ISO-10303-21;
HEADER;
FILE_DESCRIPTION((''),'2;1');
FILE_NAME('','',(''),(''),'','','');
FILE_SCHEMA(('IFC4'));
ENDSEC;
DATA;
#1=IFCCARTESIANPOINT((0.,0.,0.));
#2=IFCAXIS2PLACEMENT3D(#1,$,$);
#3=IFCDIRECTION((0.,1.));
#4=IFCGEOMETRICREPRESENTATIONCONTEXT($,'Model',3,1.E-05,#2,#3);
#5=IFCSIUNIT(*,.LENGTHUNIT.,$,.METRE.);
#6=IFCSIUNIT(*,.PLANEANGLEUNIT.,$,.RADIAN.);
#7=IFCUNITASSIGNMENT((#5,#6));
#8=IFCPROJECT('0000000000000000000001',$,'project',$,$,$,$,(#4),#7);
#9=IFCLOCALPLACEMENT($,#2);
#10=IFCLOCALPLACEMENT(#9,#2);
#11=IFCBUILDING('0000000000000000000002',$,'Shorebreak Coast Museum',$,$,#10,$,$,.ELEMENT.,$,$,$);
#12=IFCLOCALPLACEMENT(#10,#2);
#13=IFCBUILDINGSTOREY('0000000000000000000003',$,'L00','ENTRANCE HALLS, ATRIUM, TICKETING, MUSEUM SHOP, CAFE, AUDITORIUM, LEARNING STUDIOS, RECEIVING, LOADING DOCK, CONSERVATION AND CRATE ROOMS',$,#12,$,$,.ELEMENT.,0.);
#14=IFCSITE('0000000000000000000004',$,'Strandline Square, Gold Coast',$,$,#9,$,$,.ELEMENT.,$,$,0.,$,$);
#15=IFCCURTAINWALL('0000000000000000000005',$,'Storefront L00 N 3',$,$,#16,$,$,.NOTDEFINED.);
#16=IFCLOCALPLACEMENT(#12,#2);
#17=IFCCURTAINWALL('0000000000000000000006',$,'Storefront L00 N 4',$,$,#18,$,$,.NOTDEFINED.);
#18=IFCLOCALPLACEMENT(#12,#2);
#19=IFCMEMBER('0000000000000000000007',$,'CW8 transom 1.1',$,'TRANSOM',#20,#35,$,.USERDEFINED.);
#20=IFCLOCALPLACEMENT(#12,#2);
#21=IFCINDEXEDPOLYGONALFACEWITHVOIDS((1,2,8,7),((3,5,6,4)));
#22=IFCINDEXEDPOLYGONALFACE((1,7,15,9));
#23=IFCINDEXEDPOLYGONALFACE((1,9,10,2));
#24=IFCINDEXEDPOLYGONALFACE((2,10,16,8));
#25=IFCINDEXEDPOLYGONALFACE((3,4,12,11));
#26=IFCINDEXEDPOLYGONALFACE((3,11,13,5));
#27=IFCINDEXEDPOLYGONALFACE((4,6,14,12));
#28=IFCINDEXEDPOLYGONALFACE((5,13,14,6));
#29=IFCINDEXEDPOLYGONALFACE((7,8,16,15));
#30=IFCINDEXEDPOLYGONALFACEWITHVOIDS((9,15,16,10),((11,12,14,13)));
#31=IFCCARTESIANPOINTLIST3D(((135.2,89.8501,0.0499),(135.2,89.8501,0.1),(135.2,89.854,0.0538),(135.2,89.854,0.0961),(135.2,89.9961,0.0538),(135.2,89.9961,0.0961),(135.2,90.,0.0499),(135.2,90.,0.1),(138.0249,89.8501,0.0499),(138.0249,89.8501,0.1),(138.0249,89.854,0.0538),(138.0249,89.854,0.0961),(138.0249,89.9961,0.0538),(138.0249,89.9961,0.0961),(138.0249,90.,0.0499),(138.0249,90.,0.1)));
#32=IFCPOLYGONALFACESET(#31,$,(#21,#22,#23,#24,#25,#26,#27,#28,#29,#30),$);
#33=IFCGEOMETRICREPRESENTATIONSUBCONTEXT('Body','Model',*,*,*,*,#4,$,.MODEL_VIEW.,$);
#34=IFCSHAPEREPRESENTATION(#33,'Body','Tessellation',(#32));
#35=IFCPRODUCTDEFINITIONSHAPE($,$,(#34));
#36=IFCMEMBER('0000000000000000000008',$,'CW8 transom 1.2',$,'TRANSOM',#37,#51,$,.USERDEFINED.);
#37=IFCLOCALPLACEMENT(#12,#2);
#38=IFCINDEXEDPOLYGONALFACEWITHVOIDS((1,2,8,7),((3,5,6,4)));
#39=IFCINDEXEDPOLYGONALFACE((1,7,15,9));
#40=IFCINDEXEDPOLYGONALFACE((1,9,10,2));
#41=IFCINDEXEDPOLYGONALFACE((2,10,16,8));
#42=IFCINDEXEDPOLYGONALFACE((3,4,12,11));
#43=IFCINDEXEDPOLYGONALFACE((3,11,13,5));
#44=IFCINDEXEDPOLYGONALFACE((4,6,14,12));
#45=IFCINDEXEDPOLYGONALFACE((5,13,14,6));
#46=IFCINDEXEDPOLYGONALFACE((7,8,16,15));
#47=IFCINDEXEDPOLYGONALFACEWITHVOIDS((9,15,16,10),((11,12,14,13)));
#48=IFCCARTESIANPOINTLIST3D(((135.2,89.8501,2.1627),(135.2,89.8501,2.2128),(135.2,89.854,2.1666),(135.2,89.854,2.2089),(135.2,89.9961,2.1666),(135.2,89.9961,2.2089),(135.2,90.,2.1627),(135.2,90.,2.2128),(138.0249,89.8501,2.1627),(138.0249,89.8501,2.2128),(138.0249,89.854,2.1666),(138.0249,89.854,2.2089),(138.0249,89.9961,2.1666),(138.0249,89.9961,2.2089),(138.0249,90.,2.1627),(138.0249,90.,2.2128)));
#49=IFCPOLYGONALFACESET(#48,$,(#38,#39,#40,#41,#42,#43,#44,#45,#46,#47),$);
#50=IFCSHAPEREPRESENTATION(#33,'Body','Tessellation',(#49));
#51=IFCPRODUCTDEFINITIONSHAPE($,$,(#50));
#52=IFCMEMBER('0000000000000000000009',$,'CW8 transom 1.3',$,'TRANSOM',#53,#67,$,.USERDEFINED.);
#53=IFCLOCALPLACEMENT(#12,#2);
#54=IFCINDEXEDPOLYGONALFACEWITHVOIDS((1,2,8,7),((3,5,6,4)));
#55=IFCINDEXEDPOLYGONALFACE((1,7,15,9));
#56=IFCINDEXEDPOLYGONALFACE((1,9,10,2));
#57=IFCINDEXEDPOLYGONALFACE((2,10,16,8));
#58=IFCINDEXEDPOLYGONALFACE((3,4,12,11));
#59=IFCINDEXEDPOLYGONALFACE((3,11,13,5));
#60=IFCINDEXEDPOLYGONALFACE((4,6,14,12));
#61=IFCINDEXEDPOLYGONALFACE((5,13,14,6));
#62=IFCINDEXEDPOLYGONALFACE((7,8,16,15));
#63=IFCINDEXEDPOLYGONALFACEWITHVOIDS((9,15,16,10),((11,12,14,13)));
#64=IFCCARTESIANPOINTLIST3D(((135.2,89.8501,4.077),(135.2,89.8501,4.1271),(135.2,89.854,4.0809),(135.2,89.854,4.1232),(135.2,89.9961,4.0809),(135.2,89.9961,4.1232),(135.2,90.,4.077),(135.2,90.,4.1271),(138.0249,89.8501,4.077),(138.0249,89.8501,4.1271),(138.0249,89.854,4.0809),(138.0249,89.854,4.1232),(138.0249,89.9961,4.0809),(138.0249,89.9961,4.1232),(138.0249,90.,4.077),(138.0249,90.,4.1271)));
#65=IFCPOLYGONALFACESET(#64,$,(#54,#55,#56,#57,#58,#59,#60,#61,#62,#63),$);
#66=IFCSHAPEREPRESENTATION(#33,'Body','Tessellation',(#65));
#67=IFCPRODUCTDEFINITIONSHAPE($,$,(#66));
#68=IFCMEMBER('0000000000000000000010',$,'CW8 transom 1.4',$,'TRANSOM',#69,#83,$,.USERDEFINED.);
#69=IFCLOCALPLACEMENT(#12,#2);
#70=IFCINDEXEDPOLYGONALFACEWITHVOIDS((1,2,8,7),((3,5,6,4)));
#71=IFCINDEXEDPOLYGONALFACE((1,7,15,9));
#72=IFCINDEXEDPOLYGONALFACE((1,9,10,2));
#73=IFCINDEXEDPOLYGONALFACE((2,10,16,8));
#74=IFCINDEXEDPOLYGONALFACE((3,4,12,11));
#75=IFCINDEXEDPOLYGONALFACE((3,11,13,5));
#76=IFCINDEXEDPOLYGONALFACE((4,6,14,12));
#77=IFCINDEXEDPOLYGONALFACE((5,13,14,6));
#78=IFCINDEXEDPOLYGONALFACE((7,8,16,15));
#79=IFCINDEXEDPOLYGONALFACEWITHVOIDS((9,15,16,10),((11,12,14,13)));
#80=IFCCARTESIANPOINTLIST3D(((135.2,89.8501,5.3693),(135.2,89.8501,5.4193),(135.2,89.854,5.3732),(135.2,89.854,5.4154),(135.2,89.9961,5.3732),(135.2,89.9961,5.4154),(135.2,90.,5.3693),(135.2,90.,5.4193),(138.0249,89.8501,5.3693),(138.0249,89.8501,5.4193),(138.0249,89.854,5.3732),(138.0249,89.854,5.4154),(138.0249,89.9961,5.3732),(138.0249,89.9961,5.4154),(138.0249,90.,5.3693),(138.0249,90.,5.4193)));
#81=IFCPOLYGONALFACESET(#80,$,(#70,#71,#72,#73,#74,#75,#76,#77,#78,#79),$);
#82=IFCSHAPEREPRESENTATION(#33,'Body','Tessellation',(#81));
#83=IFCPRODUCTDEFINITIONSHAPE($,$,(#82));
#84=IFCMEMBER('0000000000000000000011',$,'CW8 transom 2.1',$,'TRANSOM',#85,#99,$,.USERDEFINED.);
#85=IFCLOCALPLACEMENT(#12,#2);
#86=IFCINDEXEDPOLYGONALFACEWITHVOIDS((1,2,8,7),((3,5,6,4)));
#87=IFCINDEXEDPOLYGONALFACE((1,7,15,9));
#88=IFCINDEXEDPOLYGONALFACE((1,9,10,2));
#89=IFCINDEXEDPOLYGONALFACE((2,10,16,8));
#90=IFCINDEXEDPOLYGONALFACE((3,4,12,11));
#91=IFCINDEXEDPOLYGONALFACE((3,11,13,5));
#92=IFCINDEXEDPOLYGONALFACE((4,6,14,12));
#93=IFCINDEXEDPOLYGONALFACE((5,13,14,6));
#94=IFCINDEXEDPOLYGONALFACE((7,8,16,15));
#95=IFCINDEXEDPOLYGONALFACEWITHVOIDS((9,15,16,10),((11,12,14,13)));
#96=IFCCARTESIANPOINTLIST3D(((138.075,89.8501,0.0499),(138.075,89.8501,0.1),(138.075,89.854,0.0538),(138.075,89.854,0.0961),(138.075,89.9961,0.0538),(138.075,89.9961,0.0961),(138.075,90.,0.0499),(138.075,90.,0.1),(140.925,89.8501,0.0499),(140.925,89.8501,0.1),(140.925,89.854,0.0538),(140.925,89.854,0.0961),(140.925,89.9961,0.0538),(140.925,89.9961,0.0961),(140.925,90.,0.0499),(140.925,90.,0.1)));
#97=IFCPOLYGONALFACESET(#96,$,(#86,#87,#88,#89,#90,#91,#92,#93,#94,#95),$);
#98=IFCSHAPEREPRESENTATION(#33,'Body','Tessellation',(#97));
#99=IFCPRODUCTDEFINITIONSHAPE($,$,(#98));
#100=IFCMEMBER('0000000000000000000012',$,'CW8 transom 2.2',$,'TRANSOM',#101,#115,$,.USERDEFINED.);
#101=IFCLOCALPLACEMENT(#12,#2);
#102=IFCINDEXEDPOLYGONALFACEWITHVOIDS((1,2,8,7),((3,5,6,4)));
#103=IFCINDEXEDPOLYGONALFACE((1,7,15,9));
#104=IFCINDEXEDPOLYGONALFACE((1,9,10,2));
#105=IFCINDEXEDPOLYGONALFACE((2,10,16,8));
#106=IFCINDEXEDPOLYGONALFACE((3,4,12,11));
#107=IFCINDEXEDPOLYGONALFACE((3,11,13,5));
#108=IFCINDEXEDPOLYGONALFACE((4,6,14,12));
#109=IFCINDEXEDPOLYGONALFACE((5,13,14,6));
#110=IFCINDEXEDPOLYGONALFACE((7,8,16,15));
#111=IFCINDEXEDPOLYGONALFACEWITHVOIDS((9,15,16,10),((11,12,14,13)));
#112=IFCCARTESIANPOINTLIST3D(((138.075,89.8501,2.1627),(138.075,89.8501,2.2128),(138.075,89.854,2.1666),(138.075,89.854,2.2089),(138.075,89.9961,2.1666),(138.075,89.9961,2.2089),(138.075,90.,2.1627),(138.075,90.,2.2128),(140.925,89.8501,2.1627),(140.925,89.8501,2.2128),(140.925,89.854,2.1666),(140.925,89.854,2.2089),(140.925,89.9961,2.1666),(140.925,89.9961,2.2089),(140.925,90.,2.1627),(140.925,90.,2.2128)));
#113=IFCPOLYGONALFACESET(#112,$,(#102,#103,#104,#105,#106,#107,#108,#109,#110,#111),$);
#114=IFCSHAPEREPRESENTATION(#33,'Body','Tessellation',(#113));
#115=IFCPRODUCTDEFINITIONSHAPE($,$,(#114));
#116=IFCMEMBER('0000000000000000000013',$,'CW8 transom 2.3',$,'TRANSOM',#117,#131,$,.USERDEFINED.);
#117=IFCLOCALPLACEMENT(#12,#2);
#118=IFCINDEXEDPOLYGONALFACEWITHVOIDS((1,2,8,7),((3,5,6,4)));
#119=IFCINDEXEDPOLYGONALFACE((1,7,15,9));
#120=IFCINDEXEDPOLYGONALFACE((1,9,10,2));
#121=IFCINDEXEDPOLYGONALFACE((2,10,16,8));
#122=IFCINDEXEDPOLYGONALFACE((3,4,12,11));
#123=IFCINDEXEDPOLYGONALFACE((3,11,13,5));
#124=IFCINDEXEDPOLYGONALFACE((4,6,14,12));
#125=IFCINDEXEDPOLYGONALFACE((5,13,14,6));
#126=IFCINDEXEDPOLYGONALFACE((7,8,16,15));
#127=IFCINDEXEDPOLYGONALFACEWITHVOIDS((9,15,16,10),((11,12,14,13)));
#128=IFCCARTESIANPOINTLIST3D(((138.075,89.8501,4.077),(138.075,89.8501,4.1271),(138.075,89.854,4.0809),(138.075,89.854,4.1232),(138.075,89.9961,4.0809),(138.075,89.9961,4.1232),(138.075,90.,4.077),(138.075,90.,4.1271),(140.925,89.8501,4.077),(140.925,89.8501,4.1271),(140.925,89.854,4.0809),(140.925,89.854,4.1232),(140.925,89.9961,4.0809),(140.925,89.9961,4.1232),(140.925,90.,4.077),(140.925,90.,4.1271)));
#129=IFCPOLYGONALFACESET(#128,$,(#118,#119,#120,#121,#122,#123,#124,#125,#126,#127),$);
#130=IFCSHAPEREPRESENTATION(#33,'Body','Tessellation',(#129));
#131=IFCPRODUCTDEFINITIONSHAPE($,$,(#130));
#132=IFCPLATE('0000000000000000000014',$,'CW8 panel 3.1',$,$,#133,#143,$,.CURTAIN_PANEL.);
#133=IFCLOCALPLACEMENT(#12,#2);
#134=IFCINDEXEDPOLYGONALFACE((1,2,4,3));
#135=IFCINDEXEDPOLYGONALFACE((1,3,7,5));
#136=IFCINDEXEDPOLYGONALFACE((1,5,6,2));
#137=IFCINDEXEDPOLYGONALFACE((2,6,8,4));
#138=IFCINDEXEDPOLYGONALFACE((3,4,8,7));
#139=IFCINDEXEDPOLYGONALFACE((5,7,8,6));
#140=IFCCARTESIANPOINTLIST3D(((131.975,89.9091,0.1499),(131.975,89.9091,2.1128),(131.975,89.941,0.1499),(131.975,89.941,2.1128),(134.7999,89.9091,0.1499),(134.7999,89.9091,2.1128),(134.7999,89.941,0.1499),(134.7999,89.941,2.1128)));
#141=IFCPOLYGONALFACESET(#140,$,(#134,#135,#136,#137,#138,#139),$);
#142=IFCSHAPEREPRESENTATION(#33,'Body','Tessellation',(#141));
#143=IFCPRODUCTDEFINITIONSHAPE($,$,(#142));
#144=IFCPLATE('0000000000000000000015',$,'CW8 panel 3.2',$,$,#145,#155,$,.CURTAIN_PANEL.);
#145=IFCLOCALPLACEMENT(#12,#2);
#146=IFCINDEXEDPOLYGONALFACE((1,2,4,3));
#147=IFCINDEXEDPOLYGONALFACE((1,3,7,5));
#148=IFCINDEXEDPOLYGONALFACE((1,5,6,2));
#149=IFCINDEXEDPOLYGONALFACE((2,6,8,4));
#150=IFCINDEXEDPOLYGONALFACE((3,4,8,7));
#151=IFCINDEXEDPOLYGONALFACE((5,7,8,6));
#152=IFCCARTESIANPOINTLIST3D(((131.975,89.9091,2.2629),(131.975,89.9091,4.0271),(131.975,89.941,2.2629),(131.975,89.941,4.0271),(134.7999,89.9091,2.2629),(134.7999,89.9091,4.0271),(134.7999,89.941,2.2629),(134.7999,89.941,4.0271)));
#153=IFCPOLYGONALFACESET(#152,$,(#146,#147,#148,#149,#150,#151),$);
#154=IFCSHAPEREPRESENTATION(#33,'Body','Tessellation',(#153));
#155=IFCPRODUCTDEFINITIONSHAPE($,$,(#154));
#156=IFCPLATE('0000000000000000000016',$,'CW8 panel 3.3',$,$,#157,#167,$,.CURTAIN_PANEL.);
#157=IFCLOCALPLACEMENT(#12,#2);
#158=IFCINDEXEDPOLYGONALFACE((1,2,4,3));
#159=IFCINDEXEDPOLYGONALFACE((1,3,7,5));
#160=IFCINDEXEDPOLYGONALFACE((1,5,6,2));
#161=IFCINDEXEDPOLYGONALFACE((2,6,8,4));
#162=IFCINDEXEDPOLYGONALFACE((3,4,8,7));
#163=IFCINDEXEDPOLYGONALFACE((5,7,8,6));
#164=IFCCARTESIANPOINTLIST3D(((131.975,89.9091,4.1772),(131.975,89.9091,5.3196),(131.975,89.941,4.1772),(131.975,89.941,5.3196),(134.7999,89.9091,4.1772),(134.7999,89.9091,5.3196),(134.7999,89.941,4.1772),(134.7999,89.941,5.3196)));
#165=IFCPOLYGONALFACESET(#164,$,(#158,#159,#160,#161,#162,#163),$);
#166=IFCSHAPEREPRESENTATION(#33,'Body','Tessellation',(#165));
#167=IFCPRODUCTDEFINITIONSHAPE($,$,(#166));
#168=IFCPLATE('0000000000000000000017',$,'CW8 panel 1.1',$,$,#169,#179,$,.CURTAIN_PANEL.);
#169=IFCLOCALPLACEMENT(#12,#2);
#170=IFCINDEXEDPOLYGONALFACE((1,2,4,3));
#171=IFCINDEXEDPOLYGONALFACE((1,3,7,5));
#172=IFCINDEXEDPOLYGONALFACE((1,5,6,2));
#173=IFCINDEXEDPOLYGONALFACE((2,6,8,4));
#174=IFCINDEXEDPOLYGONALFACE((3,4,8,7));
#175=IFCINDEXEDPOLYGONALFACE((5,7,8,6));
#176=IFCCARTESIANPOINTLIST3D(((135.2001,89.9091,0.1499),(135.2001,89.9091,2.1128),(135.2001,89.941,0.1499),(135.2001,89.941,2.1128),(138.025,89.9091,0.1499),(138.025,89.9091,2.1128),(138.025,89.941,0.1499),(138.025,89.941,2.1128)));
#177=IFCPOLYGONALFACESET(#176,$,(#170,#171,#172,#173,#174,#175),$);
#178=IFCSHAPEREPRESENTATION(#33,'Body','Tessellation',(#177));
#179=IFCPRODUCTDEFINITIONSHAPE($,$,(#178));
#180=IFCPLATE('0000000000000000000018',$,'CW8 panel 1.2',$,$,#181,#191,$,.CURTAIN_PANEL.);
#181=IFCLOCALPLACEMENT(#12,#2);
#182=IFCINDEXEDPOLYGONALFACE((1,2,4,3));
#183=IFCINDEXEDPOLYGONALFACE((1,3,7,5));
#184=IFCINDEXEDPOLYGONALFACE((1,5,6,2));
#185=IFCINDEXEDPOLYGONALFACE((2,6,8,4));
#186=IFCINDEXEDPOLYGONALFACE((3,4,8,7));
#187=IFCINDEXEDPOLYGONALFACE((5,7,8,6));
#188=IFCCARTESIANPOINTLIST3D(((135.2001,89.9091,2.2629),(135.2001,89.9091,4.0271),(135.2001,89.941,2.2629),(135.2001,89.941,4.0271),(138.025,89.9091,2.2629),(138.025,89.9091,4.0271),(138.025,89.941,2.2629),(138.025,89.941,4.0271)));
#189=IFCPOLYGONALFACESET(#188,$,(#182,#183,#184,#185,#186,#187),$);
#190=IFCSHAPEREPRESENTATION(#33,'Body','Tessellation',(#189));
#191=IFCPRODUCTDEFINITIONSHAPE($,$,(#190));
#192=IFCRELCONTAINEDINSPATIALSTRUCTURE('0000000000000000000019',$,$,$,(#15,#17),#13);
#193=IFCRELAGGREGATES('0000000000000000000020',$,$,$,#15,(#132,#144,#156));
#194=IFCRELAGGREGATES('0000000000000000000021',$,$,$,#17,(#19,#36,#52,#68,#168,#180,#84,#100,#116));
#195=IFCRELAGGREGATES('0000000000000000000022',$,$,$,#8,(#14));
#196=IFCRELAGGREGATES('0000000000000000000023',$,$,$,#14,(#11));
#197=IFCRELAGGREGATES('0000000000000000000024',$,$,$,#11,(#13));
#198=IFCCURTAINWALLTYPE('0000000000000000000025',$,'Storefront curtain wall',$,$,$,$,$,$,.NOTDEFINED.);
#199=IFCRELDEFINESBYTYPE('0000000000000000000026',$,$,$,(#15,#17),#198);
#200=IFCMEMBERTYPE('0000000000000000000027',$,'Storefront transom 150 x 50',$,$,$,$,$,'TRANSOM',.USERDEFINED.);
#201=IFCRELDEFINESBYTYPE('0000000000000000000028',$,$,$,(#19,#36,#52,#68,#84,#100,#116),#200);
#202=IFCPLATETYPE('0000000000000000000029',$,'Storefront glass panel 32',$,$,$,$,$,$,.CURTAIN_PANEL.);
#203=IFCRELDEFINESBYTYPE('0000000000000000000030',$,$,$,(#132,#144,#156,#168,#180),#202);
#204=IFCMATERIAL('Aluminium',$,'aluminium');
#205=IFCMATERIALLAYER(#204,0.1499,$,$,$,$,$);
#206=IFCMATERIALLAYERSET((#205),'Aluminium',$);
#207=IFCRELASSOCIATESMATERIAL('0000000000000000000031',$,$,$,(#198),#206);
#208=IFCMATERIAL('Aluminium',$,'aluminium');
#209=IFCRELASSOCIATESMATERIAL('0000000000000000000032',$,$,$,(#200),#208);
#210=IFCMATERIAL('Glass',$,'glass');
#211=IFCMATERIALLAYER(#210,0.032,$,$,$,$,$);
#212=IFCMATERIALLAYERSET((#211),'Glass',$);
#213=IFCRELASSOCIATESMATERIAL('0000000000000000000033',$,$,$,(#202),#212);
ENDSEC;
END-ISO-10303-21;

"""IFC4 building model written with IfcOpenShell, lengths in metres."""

from ifc_helpers import new_model, si_unit, direction, frame, origin, origin_2d, place, context, subcontext, project, spatial, rectangle, hollow_rectangle, extrude, material, layer, layer_set, material_profile, profile_set, type_object, element, aggregate, save


model = new_model("IFC4")

# Units and contexts
model_context = context("Model", 3, precision=1e-05, world=origin(), true_north=direction((0.0, 1.0)))
body_context = subcontext(model_context, "Body", "Model", "MODEL_VIEW")
ifc_project = project(units=[si_unit("LENGTHUNIT", "METRE"), si_unit("PLANEANGLEUNIT", "RADIAN")], contexts=[model_context])

# Site, building, storey
site_placement = place(None, origin())
site = spatial("IfcSite", under=ifc_project, at=site_placement, Name="Strandline Square, Gold Coast", CompositionType="ELEMENT", RefElevation=0.0)
building_placement = place(site_placement, origin())
building = spatial("IfcBuilding", under=site, at=building_placement, Name="Shorebreak Coast Museum", CompositionType="ELEMENT")
storey_placement = place(building_placement, origin())
storey = spatial("IfcBuildingStorey", under=building, at=storey_placement, Name="L00", Description="ENTRANCE HALLS, ATRIUM, TICKETING, MUSEUM SHOP, CAFE, AUDITORIUM, LEARNING STUDIOS, RECEIVING, LOADING DOCK, CONSERVATION AND CRATE ROOMS", CompositionType="ELEMENT", Elevation=0.0)

# Curtain wall
ifc_material_1 = material(Name="Aluminium", Category="aluminium")
ifc_layer_1 = layer(ifc_material_1, 0.1499)
ifc_layer_set_1 = layer_set([ifc_layer_1], Name="Aluminium")
curtain_wall_type = type_object("IfcCurtainWallType", Name="Storefront curtain wall", PredefinedType="NOTDEFINED", material=ifc_layer_set_1)
curtain_wall_1_placement = place(storey_placement, origin())
curtain_wall_1 = element("IfcCurtainWall", 1, at=curtain_wall_1_placement, inside=storey, type_object=curtain_wall_type, Name="Storefront L00 N 3", PredefinedType="NOTDEFINED")

# Curtain wall
curtain_wall_2_placement = place(storey_placement, origin())
curtain_wall_2 = element("IfcCurtainWall", 2, at=curtain_wall_2_placement, inside=storey, type_object=curtain_wall_type, Name="Storefront L00 N 4", PredefinedType="NOTDEFINED")

# Members
ifc_material_2 = material(Name="Aluminium", Category="aluminium")
ifc_material_profile_1 = material_profile(ifc_material_2, hollow_rectangle(XDim=0.1499, YDim=0.05, WallThickness=0.0039, at=origin_2d()), Name="AL 50x150 RHS")
ifc_profile_set_1 = profile_set([ifc_material_profile_1], Name="Aluminium")
member_type_1 = type_object("IfcMemberType", Name="Storefront transom 150 x 50", ElementType="TRANSOM", PredefinedType="USERDEFINED", material=ifc_profile_set_1)
member_1_placement = place(storey_placement, frame((135.2, 89.925, 0.075), z_axis=(1.0, 0.0, 0.0), x_axis=(0.0, 1.0, 0.0)))
member_1 = element("IfcMember", 3, at=member_1_placement, type_object=member_type_1, Name="CW8 transom 1.1", ObjectType="TRANSOM", PredefinedType="USERDEFINED", context=body_context, shape_type="SweptSolid", body=[
    extrude(hollow_rectangle(XDim=0.1499, YDim=0.05, WallThickness=0.0039, at=origin_2d()), origin(), (0.0, 0.0, 1.0), 2.825),
])
member_2_placement = place(storey_placement, frame((135.2, 89.925, 2.1877), z_axis=(1.0, 0.0, 0.0), x_axis=(0.0, 1.0, 0.0)))
member_2 = element("IfcMember", 4, at=member_2_placement, type_object=member_type_1, Name="CW8 transom 1.2", ObjectType="TRANSOM", PredefinedType="USERDEFINED", context=body_context, shape_type="SweptSolid", body=[
    extrude(hollow_rectangle(XDim=0.1499, YDim=0.05, WallThickness=0.0039, at=origin_2d()), origin(), (0.0, 0.0, 1.0), 2.825),
])
member_3_placement = place(storey_placement, frame((135.2, 89.925, 4.1021), z_axis=(1.0, 0.0, 0.0), x_axis=(0.0, 1.0, 0.0)))
member_3 = element("IfcMember", 5, at=member_3_placement, type_object=member_type_1, Name="CW8 transom 1.3", ObjectType="TRANSOM", PredefinedType="USERDEFINED", context=body_context, shape_type="SweptSolid", body=[
    extrude(hollow_rectangle(XDim=0.1499, YDim=0.05, WallThickness=0.0039, at=origin_2d()), origin(), (0.0, 0.0, 1.0), 2.825),
])
member_4_placement = place(storey_placement, frame((135.2, 89.925, 5.3943), z_axis=(1.0, 0.0, 0.0), x_axis=(0.0, 1.0, 0.0)))
member_4 = element("IfcMember", 6, at=member_4_placement, type_object=member_type_1, Name="CW8 transom 1.4", ObjectType="TRANSOM", PredefinedType="USERDEFINED", context=body_context, shape_type="SweptSolid", body=[
    extrude(hollow_rectangle(XDim=0.1499, YDim=0.05, WallThickness=0.0039, at=origin_2d()), origin(), (0.0, 0.0, 1.0), 2.825),
])
member_5_placement = place(storey_placement, frame((138.075, 89.925, 0.075), z_axis=(1.0, 0.0, 0.0), x_axis=(0.0, 1.0, 0.0)))
member_5 = element("IfcMember", 7, at=member_5_placement, type_object=member_type_1, Name="CW8 transom 2.1", ObjectType="TRANSOM", PredefinedType="USERDEFINED", context=body_context, shape_type="SweptSolid", body=[
    extrude(hollow_rectangle(XDim=0.1499, YDim=0.05, WallThickness=0.0039, at=origin_2d()), origin(), (0.0, 0.0, 1.0), 2.8501),
])
member_6_placement = place(storey_placement, frame((138.075, 89.925, 2.1877), z_axis=(1.0, 0.0, 0.0), x_axis=(0.0, 1.0, 0.0)))
member_6 = element("IfcMember", 8, at=member_6_placement, type_object=member_type_1, Name="CW8 transom 2.2", ObjectType="TRANSOM", PredefinedType="USERDEFINED", context=body_context, shape_type="SweptSolid", body=[
    extrude(hollow_rectangle(XDim=0.1499, YDim=0.05, WallThickness=0.0039, at=origin_2d()), origin(), (0.0, 0.0, 1.0), 2.8501),
])
member_7_placement = place(storey_placement, frame((138.075, 89.925, 4.1021), z_axis=(1.0, 0.0, 0.0), x_axis=(0.0, 1.0, 0.0)))
member_7 = element("IfcMember", 9, at=member_7_placement, type_object=member_type_1, Name="CW8 transom 2.3", ObjectType="TRANSOM", PredefinedType="USERDEFINED", context=body_context, shape_type="SweptSolid", body=[
    extrude(hollow_rectangle(XDim=0.1499, YDim=0.05, WallThickness=0.0039, at=origin_2d()), origin(), (0.0, 0.0, 1.0), 2.8501),
])

# Plates
ifc_material_3 = material(Name="Glass", Category="glass")
ifc_layer_2 = layer(ifc_material_3, 0.032)
ifc_layer_set_2 = layer_set([ifc_layer_2], Name="Glass")
plate_type = type_object("IfcPlateType", Name="Storefront glass panel 32", PredefinedType="CURTAIN_PANEL", material=ifc_layer_set_2)
plate_1_placement = place(storey_placement, frame((133.3875, 89.925, 0.1499), z_axis=(0.0, 0.0, 1.0), x_axis=(1.0, 0.0, 0.0)))
plate_1 = element("IfcPlate", 10, at=plate_1_placement, type_object=plate_type, Name="CW8 panel 3.1", PredefinedType="CURTAIN_PANEL", context=body_context, shape_type="SweptSolid", body=[
    extrude(rectangle(XDim=2.825, YDim=0.032, at=origin_2d()), origin(), (0.0, 0.0, 1.0), 1.9629),
])
plate_2_placement = place(storey_placement, frame((133.3875, 89.925, 2.2629), z_axis=(0.0, 0.0, 1.0), x_axis=(1.0, 0.0, 0.0)))
plate_2 = element("IfcPlate", 11, at=plate_2_placement, type_object=plate_type, Name="CW8 panel 3.2", PredefinedType="CURTAIN_PANEL", context=body_context, shape_type="SweptSolid", body=[
    extrude(rectangle(XDim=2.825, YDim=0.032, at=origin_2d()), origin(), (0.0, 0.0, 1.0), 1.7642),
])
plate_3_placement = place(storey_placement, frame((133.3875, 89.925, 4.1772), z_axis=(0.0, 0.0, 1.0), x_axis=(1.0, 0.0, 0.0)))
plate_3 = element("IfcPlate", 12, at=plate_3_placement, type_object=plate_type, Name="CW8 panel 3.3", PredefinedType="CURTAIN_PANEL", context=body_context, shape_type="SweptSolid", body=[
    extrude(rectangle(XDim=2.825, YDim=0.032, at=origin_2d()), origin(), (0.0, 0.0, 1.0), 1.1423),
])
aggregate(curtain_wall_1, [plate_1, plate_2, plate_3])
plate_4_placement = place(storey_placement, frame((136.6125, 89.925, 0.1499), z_axis=(0.0, 0.0, 1.0), x_axis=(1.0, 0.0, 0.0)))
plate_4 = element("IfcPlate", 13, at=plate_4_placement, type_object=plate_type, Name="CW8 panel 1.1", PredefinedType="CURTAIN_PANEL", context=body_context, shape_type="SweptSolid", body=[
    extrude(rectangle(XDim=2.825, YDim=0.032, at=origin_2d()), origin(), (0.0, 0.0, 1.0), 1.9629),
])
plate_5_placement = place(storey_placement, frame((136.6125, 89.925, 2.2629), z_axis=(0.0, 0.0, 1.0), x_axis=(1.0, 0.0, 0.0)))
plate_5 = element("IfcPlate", 14, at=plate_5_placement, type_object=plate_type, Name="CW8 panel 1.2", PredefinedType="CURTAIN_PANEL", context=body_context, shape_type="SweptSolid", body=[
    extrude(rectangle(XDim=2.825, YDim=0.032, at=origin_2d()), origin(), (0.0, 0.0, 1.0), 1.7642),
])
aggregate(curtain_wall_2, [member_1, member_2, member_3, member_4, plate_4, plate_5, member_5, member_6, member_7])

save(model, "model.ifc")
